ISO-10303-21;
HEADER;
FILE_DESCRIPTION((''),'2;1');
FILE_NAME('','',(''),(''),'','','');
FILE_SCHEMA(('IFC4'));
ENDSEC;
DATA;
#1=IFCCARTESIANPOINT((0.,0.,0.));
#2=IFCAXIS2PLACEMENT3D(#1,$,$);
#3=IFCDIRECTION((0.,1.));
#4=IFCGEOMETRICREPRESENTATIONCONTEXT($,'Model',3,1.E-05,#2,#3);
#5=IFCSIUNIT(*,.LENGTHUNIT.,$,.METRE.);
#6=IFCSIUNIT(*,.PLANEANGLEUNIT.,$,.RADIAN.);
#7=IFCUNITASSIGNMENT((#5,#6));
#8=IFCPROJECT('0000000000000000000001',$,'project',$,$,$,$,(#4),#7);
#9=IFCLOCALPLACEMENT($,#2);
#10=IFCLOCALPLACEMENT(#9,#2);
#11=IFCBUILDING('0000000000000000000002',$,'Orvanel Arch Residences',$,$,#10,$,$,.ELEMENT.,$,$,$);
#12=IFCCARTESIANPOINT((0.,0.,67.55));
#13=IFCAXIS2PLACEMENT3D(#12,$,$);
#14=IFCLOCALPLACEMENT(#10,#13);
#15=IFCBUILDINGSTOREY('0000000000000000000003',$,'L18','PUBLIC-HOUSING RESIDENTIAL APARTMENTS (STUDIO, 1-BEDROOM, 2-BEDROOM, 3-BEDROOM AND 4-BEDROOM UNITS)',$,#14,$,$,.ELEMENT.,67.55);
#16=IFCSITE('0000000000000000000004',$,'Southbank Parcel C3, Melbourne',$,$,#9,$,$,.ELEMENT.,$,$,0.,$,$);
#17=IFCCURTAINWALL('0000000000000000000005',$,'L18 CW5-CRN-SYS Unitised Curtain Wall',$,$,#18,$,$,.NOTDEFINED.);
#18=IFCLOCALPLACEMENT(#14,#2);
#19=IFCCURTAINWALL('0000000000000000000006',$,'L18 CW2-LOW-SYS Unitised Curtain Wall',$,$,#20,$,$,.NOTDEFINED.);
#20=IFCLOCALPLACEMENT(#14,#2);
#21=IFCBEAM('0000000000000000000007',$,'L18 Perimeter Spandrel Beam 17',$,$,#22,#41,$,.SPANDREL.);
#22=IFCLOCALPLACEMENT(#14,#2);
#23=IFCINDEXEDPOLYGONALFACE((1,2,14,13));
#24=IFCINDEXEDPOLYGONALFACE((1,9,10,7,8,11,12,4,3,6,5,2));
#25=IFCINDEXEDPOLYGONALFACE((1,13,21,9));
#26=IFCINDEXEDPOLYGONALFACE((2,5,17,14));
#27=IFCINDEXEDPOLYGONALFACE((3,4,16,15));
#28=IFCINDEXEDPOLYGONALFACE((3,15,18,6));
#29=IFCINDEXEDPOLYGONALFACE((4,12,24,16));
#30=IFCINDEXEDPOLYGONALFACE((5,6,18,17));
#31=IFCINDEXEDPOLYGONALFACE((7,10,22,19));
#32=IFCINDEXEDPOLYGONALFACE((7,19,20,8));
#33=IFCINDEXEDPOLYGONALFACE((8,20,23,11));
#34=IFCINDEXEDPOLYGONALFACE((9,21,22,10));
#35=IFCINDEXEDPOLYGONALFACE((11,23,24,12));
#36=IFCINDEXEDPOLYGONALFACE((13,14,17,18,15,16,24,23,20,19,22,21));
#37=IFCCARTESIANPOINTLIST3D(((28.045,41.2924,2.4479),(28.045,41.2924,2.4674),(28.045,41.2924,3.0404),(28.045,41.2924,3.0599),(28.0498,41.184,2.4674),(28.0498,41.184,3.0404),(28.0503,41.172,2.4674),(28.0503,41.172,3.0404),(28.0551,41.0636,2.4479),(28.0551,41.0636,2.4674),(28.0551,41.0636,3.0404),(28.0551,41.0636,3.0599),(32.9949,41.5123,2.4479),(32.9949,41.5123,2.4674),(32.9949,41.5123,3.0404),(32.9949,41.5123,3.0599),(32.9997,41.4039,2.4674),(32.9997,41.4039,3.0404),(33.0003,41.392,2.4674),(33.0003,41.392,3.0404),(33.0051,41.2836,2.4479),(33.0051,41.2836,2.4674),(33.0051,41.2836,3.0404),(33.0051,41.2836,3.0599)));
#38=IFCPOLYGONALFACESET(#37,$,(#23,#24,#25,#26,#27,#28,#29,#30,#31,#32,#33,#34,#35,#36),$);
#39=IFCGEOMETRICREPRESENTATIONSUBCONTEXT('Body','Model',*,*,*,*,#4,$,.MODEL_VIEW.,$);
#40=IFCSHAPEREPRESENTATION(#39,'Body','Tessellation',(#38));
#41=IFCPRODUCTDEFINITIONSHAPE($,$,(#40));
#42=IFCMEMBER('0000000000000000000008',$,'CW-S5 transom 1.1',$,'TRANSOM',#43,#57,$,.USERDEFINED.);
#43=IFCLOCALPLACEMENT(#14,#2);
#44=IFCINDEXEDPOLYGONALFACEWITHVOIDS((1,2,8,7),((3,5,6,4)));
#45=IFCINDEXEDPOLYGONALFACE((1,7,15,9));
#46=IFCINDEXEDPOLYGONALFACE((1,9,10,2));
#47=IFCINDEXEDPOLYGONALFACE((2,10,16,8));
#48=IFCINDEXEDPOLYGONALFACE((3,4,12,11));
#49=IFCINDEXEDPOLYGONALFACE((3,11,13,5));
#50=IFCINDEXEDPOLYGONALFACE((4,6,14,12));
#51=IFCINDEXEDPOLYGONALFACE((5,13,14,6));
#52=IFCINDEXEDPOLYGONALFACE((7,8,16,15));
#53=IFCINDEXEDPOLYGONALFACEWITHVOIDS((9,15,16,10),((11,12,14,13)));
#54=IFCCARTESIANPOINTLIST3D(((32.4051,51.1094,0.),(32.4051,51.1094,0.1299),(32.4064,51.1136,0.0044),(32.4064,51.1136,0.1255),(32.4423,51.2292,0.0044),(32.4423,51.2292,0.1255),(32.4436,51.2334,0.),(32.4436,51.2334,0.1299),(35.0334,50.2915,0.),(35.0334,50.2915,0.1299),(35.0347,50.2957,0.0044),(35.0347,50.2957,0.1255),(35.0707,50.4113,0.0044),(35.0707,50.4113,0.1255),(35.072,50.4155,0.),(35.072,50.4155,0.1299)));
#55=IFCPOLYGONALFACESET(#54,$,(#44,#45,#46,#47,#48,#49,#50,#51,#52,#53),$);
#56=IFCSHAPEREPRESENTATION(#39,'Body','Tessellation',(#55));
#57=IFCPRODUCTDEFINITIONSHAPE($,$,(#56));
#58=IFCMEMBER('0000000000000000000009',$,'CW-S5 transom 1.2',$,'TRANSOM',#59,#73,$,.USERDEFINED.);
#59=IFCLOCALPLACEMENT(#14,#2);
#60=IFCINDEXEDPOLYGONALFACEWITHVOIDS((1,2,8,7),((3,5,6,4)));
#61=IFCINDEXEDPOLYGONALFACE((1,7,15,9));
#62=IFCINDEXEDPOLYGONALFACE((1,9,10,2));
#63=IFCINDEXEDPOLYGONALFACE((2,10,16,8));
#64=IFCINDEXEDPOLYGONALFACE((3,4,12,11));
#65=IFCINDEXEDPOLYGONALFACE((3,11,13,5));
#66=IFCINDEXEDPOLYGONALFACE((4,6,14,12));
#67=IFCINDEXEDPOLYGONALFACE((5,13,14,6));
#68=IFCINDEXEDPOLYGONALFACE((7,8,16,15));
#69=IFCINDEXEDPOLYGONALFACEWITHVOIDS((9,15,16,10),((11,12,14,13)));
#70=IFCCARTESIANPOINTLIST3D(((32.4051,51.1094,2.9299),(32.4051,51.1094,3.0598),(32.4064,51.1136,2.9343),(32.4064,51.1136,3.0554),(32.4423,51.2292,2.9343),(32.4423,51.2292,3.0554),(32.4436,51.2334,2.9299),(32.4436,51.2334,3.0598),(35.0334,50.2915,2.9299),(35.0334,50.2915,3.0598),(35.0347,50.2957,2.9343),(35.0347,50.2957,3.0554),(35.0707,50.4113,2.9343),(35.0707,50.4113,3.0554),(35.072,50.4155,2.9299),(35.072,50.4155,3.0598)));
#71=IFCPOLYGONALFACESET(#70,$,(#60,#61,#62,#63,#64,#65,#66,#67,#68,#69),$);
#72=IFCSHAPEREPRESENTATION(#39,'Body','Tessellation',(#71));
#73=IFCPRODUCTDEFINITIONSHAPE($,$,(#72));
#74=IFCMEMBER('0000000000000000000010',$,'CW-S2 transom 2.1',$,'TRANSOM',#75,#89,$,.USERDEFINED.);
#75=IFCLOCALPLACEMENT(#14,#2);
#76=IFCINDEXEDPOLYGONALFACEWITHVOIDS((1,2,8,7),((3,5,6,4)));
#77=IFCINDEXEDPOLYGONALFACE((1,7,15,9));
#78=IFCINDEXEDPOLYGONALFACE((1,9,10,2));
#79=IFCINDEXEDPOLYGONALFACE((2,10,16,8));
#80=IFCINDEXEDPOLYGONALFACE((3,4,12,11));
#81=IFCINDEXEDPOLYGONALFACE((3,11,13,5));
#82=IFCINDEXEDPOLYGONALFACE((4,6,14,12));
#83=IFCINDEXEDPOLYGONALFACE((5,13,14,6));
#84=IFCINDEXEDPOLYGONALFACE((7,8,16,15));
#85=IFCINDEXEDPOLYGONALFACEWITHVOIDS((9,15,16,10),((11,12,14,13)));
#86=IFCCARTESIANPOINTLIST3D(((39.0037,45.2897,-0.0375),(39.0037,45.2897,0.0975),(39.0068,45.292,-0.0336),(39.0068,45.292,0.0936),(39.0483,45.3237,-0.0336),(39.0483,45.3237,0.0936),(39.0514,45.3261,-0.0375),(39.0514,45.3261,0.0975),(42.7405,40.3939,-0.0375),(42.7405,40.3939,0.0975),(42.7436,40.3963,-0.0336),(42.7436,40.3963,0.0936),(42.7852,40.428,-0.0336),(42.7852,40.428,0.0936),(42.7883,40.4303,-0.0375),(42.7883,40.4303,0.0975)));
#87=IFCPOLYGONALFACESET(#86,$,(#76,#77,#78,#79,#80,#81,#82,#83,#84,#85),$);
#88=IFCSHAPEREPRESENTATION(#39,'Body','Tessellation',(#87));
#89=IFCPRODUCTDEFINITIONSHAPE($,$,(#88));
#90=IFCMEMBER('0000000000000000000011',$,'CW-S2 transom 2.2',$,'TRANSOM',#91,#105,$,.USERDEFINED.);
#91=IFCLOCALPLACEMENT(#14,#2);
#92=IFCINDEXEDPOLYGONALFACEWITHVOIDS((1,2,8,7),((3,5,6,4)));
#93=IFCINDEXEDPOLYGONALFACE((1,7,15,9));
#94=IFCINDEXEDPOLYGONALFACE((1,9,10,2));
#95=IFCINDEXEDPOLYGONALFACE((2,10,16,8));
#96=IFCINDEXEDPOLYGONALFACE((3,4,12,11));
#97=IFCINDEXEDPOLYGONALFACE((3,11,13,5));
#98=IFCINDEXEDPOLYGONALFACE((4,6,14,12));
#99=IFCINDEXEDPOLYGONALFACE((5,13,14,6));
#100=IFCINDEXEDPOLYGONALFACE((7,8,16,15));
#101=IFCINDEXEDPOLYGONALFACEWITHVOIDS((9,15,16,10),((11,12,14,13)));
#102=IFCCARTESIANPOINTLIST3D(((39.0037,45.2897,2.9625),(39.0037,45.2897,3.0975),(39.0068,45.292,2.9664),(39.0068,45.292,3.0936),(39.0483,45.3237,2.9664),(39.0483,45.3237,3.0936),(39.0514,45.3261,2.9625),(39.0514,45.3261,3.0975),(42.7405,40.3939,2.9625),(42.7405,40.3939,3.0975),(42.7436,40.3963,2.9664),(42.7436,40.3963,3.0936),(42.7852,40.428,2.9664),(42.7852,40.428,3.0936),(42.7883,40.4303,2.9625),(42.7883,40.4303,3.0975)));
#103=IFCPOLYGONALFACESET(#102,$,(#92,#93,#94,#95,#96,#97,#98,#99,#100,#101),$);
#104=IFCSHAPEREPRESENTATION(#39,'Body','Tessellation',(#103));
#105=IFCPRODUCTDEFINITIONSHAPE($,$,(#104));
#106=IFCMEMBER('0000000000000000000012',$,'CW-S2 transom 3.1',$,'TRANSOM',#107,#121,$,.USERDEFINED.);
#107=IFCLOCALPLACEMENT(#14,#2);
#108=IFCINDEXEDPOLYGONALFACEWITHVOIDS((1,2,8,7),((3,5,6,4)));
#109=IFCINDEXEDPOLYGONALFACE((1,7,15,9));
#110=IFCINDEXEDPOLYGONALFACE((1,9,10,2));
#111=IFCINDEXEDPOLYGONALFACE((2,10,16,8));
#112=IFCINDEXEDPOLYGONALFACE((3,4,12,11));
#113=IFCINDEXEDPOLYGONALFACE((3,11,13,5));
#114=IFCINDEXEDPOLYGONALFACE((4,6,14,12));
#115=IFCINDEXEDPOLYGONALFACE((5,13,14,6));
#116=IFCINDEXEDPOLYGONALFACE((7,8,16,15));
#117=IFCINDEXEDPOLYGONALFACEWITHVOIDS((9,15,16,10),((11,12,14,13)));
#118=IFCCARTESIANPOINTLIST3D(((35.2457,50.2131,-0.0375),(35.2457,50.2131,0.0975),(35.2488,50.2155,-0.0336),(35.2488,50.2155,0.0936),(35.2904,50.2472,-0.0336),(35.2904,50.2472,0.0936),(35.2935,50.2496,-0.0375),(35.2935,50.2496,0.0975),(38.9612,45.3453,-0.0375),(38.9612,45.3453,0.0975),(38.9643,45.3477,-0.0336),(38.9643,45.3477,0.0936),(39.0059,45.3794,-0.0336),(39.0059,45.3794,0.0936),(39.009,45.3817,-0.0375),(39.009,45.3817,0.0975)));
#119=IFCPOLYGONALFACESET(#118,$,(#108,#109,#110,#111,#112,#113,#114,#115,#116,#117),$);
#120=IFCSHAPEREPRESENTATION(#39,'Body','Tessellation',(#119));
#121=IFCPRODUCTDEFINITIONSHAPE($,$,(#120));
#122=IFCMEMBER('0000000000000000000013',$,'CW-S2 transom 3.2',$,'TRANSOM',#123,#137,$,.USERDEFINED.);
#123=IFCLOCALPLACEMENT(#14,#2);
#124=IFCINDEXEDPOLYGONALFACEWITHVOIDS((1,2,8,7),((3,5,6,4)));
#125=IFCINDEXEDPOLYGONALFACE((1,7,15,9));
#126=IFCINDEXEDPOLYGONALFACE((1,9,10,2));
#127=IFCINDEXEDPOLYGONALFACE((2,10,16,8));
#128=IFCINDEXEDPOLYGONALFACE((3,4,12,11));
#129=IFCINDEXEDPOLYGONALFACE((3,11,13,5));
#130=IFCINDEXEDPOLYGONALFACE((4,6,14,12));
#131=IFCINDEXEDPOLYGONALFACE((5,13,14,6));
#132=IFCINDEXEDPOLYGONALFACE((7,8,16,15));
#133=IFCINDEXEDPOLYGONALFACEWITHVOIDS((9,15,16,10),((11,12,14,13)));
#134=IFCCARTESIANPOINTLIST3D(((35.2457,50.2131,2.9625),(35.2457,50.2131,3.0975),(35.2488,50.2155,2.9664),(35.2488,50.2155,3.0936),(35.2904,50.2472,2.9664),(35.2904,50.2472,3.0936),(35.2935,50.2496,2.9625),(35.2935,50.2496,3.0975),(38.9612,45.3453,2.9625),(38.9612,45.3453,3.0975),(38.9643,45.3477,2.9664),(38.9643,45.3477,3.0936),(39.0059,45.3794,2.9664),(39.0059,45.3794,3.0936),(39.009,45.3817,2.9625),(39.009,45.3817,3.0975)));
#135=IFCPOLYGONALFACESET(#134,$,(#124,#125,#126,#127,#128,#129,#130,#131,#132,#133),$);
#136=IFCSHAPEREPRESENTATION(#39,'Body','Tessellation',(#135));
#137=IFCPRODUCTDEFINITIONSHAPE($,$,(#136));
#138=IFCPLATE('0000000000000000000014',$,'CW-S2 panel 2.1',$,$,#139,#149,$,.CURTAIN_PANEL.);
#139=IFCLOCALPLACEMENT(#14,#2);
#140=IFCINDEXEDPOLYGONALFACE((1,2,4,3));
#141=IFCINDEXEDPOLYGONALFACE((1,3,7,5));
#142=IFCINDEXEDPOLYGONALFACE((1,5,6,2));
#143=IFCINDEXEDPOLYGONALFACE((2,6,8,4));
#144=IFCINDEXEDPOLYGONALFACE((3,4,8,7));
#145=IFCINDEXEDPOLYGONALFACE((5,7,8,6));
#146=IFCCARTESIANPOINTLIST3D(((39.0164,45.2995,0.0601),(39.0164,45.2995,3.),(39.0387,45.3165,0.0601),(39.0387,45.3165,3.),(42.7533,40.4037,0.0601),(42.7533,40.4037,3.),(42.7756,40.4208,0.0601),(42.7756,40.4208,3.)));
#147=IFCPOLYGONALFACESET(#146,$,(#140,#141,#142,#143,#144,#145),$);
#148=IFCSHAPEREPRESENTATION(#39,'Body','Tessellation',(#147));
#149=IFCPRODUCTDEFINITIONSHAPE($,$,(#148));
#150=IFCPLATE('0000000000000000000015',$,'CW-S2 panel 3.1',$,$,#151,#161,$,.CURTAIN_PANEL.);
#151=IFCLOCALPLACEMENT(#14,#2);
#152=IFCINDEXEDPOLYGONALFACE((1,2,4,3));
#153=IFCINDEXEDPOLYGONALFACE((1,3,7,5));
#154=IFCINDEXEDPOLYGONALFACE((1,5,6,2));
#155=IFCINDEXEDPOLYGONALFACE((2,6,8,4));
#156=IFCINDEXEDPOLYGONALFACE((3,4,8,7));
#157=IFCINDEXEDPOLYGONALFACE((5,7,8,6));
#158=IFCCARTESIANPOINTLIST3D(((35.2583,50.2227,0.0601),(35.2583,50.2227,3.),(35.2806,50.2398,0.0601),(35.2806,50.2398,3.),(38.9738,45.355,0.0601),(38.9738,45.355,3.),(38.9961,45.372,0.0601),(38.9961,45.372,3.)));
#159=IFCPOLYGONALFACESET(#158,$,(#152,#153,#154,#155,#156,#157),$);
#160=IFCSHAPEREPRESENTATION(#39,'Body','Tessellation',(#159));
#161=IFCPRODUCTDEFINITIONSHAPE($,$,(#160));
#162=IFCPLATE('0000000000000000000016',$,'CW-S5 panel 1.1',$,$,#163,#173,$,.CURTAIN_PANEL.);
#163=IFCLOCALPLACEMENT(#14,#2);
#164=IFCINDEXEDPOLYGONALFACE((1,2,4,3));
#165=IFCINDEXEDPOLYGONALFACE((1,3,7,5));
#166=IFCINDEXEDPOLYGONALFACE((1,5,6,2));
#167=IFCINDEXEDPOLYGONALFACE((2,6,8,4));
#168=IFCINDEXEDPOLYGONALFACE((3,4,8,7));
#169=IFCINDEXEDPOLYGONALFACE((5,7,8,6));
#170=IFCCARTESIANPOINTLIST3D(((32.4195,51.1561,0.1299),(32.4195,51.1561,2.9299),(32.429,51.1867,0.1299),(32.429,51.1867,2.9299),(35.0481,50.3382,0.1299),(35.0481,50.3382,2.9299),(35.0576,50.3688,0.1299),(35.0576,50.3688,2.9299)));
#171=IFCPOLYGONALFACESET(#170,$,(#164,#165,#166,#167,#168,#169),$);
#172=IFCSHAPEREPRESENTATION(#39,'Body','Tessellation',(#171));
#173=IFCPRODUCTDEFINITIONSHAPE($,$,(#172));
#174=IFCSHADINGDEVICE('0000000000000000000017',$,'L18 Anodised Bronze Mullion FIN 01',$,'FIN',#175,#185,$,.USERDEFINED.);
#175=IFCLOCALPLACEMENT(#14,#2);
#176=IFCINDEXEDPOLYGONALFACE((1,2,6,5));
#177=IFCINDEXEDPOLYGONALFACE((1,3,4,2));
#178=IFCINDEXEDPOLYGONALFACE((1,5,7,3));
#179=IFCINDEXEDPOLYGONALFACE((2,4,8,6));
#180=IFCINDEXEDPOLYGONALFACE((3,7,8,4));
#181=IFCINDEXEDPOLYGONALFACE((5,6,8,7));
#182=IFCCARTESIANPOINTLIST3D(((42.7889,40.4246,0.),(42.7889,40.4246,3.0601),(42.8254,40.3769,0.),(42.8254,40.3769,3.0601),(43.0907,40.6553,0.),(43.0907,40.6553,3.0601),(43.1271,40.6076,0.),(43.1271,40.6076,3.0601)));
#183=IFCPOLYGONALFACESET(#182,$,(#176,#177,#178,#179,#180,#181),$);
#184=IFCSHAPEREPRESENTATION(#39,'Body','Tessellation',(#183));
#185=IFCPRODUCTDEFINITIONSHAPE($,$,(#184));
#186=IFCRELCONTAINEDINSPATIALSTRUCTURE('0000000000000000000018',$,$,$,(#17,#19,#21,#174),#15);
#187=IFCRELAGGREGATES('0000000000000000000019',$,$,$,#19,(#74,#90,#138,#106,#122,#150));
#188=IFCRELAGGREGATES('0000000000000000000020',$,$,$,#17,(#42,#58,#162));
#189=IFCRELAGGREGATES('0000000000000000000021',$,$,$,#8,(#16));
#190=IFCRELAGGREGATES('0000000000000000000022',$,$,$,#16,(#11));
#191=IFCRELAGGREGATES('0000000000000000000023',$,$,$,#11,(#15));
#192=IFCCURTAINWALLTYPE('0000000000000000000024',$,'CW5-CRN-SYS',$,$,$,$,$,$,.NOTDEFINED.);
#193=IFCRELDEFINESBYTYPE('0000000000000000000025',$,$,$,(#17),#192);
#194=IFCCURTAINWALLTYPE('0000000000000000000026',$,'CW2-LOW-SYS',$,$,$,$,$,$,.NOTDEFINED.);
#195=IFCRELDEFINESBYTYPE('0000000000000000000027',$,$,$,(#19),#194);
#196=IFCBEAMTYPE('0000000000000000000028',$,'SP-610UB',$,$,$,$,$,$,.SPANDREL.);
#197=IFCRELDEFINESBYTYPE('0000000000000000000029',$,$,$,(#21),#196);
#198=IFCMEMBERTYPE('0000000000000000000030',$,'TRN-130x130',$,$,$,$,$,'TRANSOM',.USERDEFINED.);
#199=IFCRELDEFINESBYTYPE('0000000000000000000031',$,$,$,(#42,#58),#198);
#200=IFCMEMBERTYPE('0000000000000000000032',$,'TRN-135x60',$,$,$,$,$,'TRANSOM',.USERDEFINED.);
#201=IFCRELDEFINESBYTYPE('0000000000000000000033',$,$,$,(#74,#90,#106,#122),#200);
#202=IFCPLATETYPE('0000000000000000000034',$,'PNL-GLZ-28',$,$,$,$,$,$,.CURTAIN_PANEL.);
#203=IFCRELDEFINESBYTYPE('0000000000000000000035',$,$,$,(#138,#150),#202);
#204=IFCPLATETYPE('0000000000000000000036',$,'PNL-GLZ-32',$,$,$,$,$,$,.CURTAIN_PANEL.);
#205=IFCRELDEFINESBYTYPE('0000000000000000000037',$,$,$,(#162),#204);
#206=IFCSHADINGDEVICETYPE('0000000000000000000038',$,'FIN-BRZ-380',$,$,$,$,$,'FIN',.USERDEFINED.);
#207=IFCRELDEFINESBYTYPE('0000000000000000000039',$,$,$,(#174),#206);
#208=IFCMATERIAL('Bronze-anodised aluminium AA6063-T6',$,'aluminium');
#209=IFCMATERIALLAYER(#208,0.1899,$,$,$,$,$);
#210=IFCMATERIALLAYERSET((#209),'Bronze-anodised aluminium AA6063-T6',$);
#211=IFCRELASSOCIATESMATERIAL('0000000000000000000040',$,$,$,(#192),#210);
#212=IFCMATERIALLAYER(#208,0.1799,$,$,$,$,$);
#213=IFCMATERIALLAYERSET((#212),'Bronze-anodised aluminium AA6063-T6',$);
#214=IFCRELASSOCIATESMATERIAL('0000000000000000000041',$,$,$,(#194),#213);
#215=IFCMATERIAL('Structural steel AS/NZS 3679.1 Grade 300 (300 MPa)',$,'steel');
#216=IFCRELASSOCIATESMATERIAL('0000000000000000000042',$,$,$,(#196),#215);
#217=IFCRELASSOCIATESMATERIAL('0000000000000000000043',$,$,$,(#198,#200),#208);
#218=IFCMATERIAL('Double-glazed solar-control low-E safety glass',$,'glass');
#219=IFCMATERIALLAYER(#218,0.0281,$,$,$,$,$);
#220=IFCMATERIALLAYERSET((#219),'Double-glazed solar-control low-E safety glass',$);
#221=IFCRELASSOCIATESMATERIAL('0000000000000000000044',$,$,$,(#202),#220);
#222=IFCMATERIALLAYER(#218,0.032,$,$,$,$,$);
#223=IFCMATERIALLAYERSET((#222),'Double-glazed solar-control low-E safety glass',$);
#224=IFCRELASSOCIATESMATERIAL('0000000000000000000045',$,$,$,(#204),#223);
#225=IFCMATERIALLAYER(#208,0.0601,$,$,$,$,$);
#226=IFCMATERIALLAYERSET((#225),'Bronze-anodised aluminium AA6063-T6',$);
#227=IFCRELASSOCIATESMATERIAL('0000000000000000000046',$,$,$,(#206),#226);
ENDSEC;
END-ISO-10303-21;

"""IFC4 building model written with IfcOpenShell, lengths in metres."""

from ifc_helpers import new_model, si_unit, direction, frame, origin, origin_2d, place, context, subcontext, project, spatial, rectangle, hollow_rectangle, i_section, extrude, material, layer, layer_set, material_profile, profile_set, type_object, element, aggregate, save


model = new_model("IFC4")

# Units and contexts
model_context = context("Model", 3, precision=1e-05, world=origin(), true_north=direction((0.0, 1.0)))
body_context = subcontext(model_context, "Body", "Model", "MODEL_VIEW")
ifc_project = project(units=[si_unit("LENGTHUNIT", "METRE"), si_unit("PLANEANGLEUNIT", "RADIAN")], contexts=[model_context])

# Site, building, storey
site_placement = place(None, origin())
site = spatial("IfcSite", under=ifc_project, at=site_placement, Name="Southbank Parcel C3, Melbourne", CompositionType="ELEMENT", RefElevation=0.0)
building_placement = place(site_placement, origin())
building = spatial("IfcBuilding", under=site, at=building_placement, Name="Orvanel Arch Residences", CompositionType="ELEMENT")
storey_placement = place(building_placement, frame((0.0, 0.0, 67.55)))
storey = spatial("IfcBuildingStorey", under=building, at=storey_placement, Name="L18", Description="PUBLIC-HOUSING RESIDENTIAL APARTMENTS (STUDIO, 1-BEDROOM, 2-BEDROOM, 3-BEDROOM AND 4-BEDROOM UNITS)", CompositionType="ELEMENT", Elevation=67.55)

# Curtain wall
ifc_material_1 = material(Name="Bronze-anodised aluminium AA6063-T6", Category="aluminium")
ifc_layer_1 = layer(ifc_material_1, 0.1899)
ifc_layer_set_1 = layer_set([ifc_layer_1], Name="Bronze-anodised aluminium AA6063-T6")
curtain_wall_type_1 = type_object("IfcCurtainWallType", Name="CW5-CRN-SYS", PredefinedType="NOTDEFINED", material=ifc_layer_set_1)
curtain_wall_1_placement = place(storey_placement, origin())
curtain_wall_1 = element("IfcCurtainWall", 1, at=curtain_wall_1_placement, inside=storey, type_object=curtain_wall_type_1, Name="L18 CW5-CRN-SYS Unitised Curtain Wall", PredefinedType="NOTDEFINED")

# Curtain wall
ifc_layer_2 = layer(ifc_material_1, 0.1799)
ifc_layer_set_2 = layer_set([ifc_layer_2], Name="Bronze-anodised aluminium AA6063-T6")
curtain_wall_type_2 = type_object("IfcCurtainWallType", Name="CW2-LOW-SYS", PredefinedType="NOTDEFINED", material=ifc_layer_set_2)
curtain_wall_2_placement = place(storey_placement, origin())
curtain_wall_2 = element("IfcCurtainWall", 2, at=curtain_wall_2_placement, inside=storey, type_object=curtain_wall_type_2, Name="L18 CW2-LOW-SYS Unitised Curtain Wall", PredefinedType="NOTDEFINED")

# Beam
ifc_material_2 = material(Name="Structural steel AS/NZS 3679.1 Grade 300 (300 MPa)", Category="steel")
ifc_material_profile_1 = material_profile(ifc_material_2, i_section(OverallWidth=0.229, OverallDepth=0.6121, WebThickness=0.012, FlangeThickness=0.0195, at=origin_2d()), Name="610UB125")
ifc_profile_set_1 = profile_set([ifc_material_profile_1], Name="Structural steel AS/NZS 3679.1 Grade 300 (300 MPa)")
beam_type_1 = type_object("IfcBeamType", Name="SP-610UB", PredefinedType="SPANDREL", material=ifc_profile_set_1)
for number, where, z_axis, x_axis, name in (
    (3, (33.0, 41.3979, 2.7539), (-0.999014, -0.044395, 0.0), (0.044395, -0.999014, 0.0), "L18 Perimeter Spandrel Beam 17"),
):
    element("IfcBeam", number, at=place(storey_placement, frame(where, z_axis=z_axis, x_axis=x_axis)), inside=storey, type_object=beam_type_1, Name=name, PredefinedType="SPANDREL", context=body_context, shape_type="SweptSolid", body=[
        extrude(i_section(OverallWidth=0.229, OverallDepth=0.6121, WebThickness=0.012, FlangeThickness=0.0195, at=origin_2d()), origin(), (0.0, 0.0, 1.0), 4.9548),
    ])

# Members
ifc_material_profile_2 = material_profile(ifc_material_1, hollow_rectangle(XDim=0.1299, YDim=0.1299, WallThickness=0.0044, at=origin_2d()), Name="ALU130x130x4.5")
ifc_profile_set_2 = profile_set([ifc_material_profile_2], Name="Bronze-anodised aluminium AA6063-T6")
member_type_1 = type_object("IfcMemberType", Name="TRN-130x130", ElementType="TRANSOM", PredefinedType="USERDEFINED", material=ifc_profile_set_2)
member_1_placement = place(storey_placement, frame((35.0527, 50.3535, 0.0649), z_axis=(-0.954842, 0.297113, 0.0), x_axis=(-0.297113, -0.954842, 0.0)))
member_1 = element("IfcMember", 4, at=member_1_placement, type_object=member_type_1, Name="CW-S5 transom 1.1", ObjectType="TRANSOM", PredefinedType="USERDEFINED", context=body_context, shape_type="SweptSolid", body=[
    extrude(hollow_rectangle(XDim=0.1299, YDim=0.1299, WallThickness=0.0044, at=origin_2d()), origin(), (0.0, 0.0, 1.0), 2.7527),
])
member_2_placement = place(storey_placement, frame((35.0527, 50.3535, 2.9949), z_axis=(-0.954842, 0.297113, 0.0), x_axis=(-0.297113, -0.954842, 0.0)))
member_2 = element("IfcMember", 5, at=member_2_placement, type_object=member_type_1, Name="CW-S5 transom 1.2", ObjectType="TRANSOM", PredefinedType="USERDEFINED", context=body_context, shape_type="SweptSolid", body=[
    extrude(hollow_rectangle(XDim=0.1299, YDim=0.1299, WallThickness=0.0044, at=origin_2d()), origin(), (0.0, 0.0, 1.0), 2.7527),
])
ifc_material_profile_3 = material_profile(ifc_material_1, hollow_rectangle(XDim=0.0601, YDim=0.135, WallThickness=0.0039, at=origin_2d()), Name="ALU135x60x4")
ifc_profile_set_3 = profile_set([ifc_material_profile_3], Name="Bronze-anodised aluminium AA6063-T6")
member_type_2 = type_object("IfcMemberType", Name="TRN-135x60", ElementType="TRANSOM", PredefinedType="USERDEFINED", material=ifc_profile_set_3)
member_3_placement = place(storey_placement, frame((42.7644, 40.4121, 0.03), z_axis=(-0.606733, 0.794905, 0.0), x_axis=(-0.794905, -0.606733, 0.0)))
member_3 = element("IfcMember", 6, at=member_3_placement, type_object=member_type_2, Name="CW-S2 transom 2.1", ObjectType="TRANSOM", PredefinedType="USERDEFINED", context=body_context, shape_type="SweptSolid", body=[
    extrude(hollow_rectangle(XDim=0.0601, YDim=0.135, WallThickness=0.0039, at=origin_2d()), origin(), (0.0, 0.0, 1.0), 6.1589),
])
member_4_placement = place(storey_placement, frame((42.7644, 40.4121, 3.03), z_axis=(-0.606733, 0.794905, 0.0), x_axis=(-0.794905, -0.606733, 0.0)))
member_4 = element("IfcMember", 7, at=member_4_placement, type_object=member_type_2, Name="CW-S2 transom 2.2", ObjectType="TRANSOM", PredefinedType="USERDEFINED", context=body_context, shape_type="SweptSolid", body=[
    extrude(hollow_rectangle(XDim=0.0601, YDim=0.135, WallThickness=0.0039, at=origin_2d()), origin(), (0.0, 0.0, 1.0), 6.1589),
])
member_5_placement = place(storey_placement, frame((38.9851, 45.3635, 0.03), z_axis=(-0.606734, 0.794905, 0.0), x_axis=(-0.794905, -0.606734, 0.0)))
member_5 = element("IfcMember", 8, at=member_5_placement, type_object=member_type_2, Name="CW-S2 transom 3.1", ObjectType="TRANSOM", PredefinedType="USERDEFINED", context=body_context, shape_type="SweptSolid", body=[
    extrude(hollow_rectangle(XDim=0.0601, YDim=0.135, WallThickness=0.0039, at=origin_2d()), origin(), (0.0, 0.0, 1.0), 6.1238),
])
member_6_placement = place(storey_placement, frame((38.9851, 45.3635, 3.03), z_axis=(-0.606734, 0.794905, 0.0), x_axis=(-0.794905, -0.606734, 0.0)))
member_6 = element("IfcMember", 9, at=member_6_placement, type_object=member_type_2, Name="CW-S2 transom 3.2", ObjectType="TRANSOM", PredefinedType="USERDEFINED", context=body_context, shape_type="SweptSolid", body=[
    extrude(hollow_rectangle(XDim=0.0601, YDim=0.135, WallThickness=0.0039, at=origin_2d()), origin(), (0.0, 0.0, 1.0), 6.1238),
])

# Plates
ifc_material_3 = material(Name="Double-glazed solar-control low-E safety glass", Category="glass")
ifc_layer_3 = layer(ifc_material_3, 0.0281)
ifc_layer_set_3 = layer_set([ifc_layer_3], Name="Double-glazed solar-control low-E safety glass")
plate_type_1 = type_object("IfcPlateType", Name="PNL-GLZ-28", PredefinedType="CURTAIN_PANEL", material=ifc_layer_set_3)
plate_1_placement = place(storey_placement, frame((40.896, 42.8601, 0.0601), z_axis=(0.0, 0.0, 1.0), x_axis=(-0.606743, 0.794898, 0.0)))
plate_1 = element("IfcPlate", 10, at=plate_1_placement, type_object=plate_type_1, Name="CW-S2 panel 2.1", PredefinedType="CURTAIN_PANEL", context=body_context, shape_type="SweptSolid", body=[
    extrude(rectangle(XDim=6.1589, YDim=0.0281, at=origin_2d()), origin(), (0.0, 0.0, 1.0), 2.9399),
])
plate_2_placement = place(storey_placement, frame((37.1272, 47.7974, 0.0601), z_axis=(0.0, 0.0, 1.0), x_axis=(-0.606743, 0.794898, 0.0)))
plate_2 = element("IfcPlate", 11, at=plate_2_placement, type_object=plate_type_1, Name="CW-S2 panel 3.1", PredefinedType="CURTAIN_PANEL", context=body_context, shape_type="SweptSolid", body=[
    extrude(rectangle(XDim=6.1238, YDim=0.0281, at=origin_2d()), origin(), (0.0, 0.0, 1.0), 2.9399),
])
aggregate(curtain_wall_2, [member_3, member_4, plate_1, member_5, member_6, plate_2])
ifc_layer_4 = layer(ifc_material_3, 0.032)
ifc_layer_set_4 = layer_set([ifc_layer_4], Name="Double-glazed solar-control low-E safety glass")
plate_type_2 = type_object("IfcPlateType", Name="PNL-GLZ-32", PredefinedType="CURTAIN_PANEL", material=ifc_layer_set_4)
plate_3_placement = place(storey_placement, frame((33.7385, 50.7625, 0.1299), z_axis=(0.0, 0.0, 1.0), x_axis=(-0.954846, 0.2971, 0.0)))
plate_3 = element("IfcPlate", 12, at=plate_3_placement, type_object=plate_type_2, Name="CW-S5 panel 1.1", PredefinedType="CURTAIN_PANEL", context=body_context, shape_type="SweptSolid", body=[
    extrude(rectangle(XDim=2.7529, YDim=0.032, at=origin_2d()), origin(), (0.0, 0.0, 1.0), 2.8),
])
aggregate(curtain_wall_1, [member_1, member_2, plate_3])

# Shading device
ifc_layer_5 = layer(ifc_material_1, 0.0601)
ifc_layer_set_5 = layer_set([ifc_layer_5], Name="Bronze-anodised aluminium AA6063-T6")
shading_device_type = type_object("IfcShadingDeviceType", Name="FIN-BRZ-380", ElementType="FIN", PredefinedType="USERDEFINED", material=ifc_layer_set_5)
for number, where, z_axis, x_axis, name in (
    (13, (42.958, 40.5161, 0.0), (0.0, 0.0, 1.0), (0.794415, 0.607376, 0.0), "L18 Anodised Bronze Mullion FIN 01"),
):
    element("IfcShadingDevice", number, at=place(storey_placement, frame(where, z_axis=z_axis, x_axis=x_axis)), inside=storey, type_object=shading_device_type, Name=name, ObjectType="FIN", PredefinedType="USERDEFINED", context=body_context, shape_type="SweptSolid", body=[
        extrude(rectangle(XDim=0.3799, YDim=0.0601, at=origin_2d()), origin(), (0.0, 0.0, 1.0), 3.0601),
    ])

save(model, "model.ifc")
